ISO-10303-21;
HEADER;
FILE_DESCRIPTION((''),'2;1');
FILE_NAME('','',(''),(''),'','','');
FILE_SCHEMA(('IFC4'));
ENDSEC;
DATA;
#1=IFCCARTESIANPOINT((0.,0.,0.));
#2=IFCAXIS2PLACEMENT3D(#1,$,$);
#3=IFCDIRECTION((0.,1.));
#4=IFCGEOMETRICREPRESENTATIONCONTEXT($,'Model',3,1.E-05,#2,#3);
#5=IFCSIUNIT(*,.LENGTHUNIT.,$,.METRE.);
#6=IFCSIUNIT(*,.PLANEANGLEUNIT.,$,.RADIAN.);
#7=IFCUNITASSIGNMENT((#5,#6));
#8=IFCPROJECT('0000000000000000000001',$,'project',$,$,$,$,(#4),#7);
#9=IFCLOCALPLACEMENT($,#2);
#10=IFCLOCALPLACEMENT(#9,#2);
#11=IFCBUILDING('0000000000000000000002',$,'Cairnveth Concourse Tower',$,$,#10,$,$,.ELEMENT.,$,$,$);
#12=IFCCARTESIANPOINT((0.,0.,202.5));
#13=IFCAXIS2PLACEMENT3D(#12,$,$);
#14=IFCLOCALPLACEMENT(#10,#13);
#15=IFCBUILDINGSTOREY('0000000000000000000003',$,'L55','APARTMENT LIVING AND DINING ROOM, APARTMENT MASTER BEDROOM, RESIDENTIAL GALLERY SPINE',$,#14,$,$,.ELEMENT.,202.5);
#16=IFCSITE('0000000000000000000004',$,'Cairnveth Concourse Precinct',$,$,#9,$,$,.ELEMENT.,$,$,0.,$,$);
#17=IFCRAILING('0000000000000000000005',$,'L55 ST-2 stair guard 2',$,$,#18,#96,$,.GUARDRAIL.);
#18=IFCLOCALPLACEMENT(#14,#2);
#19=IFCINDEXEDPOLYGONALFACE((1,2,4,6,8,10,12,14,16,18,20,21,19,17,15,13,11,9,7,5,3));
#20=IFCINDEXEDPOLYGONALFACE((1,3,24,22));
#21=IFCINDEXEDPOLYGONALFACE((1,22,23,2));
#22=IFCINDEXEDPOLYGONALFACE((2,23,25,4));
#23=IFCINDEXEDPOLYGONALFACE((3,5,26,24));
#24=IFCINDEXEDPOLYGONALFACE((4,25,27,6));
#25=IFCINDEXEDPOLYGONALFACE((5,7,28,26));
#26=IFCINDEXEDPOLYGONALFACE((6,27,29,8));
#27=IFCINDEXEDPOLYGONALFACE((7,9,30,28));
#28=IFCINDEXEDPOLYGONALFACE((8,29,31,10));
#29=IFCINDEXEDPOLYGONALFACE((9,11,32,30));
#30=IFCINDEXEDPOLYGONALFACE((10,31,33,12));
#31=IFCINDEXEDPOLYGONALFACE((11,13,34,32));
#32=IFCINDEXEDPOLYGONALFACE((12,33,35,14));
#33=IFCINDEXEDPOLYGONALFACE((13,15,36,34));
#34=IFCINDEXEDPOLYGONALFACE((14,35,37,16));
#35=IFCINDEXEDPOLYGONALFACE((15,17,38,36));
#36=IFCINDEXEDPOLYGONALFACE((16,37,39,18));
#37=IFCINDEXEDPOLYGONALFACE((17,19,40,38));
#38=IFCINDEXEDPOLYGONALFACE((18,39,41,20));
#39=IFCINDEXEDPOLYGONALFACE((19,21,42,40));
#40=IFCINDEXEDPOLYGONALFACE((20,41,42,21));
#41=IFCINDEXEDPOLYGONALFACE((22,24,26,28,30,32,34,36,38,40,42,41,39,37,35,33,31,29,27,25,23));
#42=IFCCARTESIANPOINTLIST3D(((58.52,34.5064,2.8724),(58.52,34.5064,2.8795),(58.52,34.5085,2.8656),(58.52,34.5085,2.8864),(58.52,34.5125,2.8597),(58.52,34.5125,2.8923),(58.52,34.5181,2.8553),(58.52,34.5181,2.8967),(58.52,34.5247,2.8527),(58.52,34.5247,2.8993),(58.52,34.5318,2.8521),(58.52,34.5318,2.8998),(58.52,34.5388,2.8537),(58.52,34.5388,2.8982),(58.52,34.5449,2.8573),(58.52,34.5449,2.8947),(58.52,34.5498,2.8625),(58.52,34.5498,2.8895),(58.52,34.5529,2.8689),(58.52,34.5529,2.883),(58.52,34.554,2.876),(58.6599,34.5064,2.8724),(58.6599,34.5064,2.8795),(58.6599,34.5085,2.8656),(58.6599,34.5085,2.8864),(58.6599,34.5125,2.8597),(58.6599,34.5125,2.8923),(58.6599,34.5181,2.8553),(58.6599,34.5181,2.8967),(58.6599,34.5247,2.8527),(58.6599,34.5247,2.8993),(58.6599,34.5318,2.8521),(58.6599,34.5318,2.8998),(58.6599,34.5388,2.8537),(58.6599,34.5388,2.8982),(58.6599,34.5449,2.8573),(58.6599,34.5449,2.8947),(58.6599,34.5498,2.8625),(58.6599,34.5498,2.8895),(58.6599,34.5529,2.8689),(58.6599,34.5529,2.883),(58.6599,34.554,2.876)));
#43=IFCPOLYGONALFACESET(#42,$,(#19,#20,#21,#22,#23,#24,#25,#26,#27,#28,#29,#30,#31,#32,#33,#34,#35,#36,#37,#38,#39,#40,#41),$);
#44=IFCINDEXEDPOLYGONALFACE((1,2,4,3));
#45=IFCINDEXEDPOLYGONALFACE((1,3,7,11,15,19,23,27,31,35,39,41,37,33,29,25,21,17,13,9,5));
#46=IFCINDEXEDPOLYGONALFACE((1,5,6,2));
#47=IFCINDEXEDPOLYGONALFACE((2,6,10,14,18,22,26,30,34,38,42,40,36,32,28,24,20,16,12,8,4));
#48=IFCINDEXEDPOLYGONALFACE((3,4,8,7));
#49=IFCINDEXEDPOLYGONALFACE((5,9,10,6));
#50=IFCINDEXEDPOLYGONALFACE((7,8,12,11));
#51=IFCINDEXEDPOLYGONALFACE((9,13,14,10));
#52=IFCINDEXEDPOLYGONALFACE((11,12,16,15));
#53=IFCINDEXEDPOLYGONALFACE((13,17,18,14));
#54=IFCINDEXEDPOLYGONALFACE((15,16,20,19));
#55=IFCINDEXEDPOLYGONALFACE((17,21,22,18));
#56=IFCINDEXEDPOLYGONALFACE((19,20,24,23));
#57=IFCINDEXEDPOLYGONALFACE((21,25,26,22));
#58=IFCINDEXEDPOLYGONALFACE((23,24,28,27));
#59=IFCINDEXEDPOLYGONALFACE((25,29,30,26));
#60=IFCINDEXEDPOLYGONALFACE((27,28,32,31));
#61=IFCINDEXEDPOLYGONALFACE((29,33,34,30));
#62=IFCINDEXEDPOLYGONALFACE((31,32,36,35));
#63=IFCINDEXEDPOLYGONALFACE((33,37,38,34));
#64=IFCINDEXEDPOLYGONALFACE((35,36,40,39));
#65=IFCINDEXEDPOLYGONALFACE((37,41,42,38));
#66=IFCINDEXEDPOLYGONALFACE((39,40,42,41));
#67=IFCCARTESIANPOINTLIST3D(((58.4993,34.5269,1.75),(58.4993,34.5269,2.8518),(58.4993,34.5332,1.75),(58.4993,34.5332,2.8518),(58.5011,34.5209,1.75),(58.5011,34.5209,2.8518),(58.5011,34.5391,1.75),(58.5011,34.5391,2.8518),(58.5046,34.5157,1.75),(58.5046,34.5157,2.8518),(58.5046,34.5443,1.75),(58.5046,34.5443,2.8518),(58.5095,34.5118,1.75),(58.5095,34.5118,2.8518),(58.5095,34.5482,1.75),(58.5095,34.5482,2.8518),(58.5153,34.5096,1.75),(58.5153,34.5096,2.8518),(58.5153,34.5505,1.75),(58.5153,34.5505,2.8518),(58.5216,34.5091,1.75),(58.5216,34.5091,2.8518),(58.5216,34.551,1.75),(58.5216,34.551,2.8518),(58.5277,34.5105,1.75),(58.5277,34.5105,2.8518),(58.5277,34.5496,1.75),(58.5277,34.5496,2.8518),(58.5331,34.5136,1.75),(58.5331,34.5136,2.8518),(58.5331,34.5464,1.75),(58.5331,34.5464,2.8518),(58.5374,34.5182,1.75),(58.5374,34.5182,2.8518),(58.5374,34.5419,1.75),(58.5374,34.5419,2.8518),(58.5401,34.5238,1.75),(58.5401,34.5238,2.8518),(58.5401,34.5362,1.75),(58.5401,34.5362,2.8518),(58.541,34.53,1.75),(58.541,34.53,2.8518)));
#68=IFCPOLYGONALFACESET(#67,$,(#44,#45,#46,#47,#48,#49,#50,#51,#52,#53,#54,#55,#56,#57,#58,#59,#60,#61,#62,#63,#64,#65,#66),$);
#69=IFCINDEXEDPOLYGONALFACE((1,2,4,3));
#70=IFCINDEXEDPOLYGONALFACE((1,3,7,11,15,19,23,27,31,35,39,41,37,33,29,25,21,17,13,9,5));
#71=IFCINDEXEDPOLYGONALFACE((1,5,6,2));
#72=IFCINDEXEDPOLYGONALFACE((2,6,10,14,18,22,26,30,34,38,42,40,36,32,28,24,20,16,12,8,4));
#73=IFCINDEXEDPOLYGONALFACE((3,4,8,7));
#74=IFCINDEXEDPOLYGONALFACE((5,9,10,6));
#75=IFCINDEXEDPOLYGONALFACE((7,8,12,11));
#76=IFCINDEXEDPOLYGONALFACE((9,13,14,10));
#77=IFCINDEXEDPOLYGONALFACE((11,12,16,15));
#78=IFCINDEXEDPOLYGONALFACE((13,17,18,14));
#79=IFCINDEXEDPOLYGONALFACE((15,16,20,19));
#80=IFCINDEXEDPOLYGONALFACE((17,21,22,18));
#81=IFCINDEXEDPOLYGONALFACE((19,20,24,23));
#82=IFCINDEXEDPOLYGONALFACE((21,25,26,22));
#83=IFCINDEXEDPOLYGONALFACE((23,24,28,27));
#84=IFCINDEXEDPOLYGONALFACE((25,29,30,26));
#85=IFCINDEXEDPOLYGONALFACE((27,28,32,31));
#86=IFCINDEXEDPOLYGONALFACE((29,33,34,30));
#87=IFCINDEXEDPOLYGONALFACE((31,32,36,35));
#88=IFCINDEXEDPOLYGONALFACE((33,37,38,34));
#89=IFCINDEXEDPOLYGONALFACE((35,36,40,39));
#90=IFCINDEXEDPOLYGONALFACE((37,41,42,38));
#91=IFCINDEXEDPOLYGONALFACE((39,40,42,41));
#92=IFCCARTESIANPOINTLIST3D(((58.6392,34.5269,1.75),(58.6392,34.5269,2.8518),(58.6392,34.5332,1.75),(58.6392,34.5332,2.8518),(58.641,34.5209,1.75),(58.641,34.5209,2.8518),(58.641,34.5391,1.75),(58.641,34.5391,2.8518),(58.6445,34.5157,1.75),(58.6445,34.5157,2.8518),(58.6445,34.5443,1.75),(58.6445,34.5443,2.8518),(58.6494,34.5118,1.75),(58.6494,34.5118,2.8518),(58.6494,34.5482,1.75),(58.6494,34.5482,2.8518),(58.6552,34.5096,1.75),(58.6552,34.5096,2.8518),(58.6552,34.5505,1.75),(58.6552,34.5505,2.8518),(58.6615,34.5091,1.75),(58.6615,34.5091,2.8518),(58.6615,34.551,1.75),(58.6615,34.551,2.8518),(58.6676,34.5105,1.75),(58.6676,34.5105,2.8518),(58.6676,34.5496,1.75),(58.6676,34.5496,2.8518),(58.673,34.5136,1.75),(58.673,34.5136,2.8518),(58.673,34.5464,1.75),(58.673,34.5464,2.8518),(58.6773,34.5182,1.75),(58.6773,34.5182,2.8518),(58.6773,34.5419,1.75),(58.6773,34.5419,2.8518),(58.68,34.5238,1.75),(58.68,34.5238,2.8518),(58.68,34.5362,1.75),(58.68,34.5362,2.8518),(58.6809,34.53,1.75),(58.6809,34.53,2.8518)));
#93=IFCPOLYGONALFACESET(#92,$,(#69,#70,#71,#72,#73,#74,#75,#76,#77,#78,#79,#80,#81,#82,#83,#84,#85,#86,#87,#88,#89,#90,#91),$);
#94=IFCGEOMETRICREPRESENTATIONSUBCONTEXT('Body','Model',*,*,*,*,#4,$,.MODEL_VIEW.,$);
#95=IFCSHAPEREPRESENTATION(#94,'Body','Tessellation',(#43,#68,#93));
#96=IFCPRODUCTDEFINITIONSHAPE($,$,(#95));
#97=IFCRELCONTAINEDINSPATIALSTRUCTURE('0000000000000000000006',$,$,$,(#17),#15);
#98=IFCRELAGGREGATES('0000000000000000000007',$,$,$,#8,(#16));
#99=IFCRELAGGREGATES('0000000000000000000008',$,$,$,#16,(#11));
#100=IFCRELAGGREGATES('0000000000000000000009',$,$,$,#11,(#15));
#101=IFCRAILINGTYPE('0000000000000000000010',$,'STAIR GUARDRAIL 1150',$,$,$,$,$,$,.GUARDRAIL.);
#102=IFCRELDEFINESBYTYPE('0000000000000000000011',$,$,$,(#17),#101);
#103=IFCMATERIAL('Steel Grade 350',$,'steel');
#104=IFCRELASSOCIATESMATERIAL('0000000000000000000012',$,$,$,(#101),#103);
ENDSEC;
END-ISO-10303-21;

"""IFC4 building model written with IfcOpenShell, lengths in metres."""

from ifc_helpers import new_model, si_unit, direction, frame, origin, origin_2d, place, context, subcontext, project, spatial, circle, extrude, material, type_object, element, save


model = new_model("IFC4")

# Units and contexts
model_context = context("Model", 3, precision=1e-05, world=origin(), true_north=direction((0.0, 1.0)))
body_context = subcontext(model_context, "Body", "Model", "MODEL_VIEW")
ifc_project = project(units=[si_unit("LENGTHUNIT", "METRE"), si_unit("PLANEANGLEUNIT", "RADIAN")], contexts=[model_context])

# Site, building, storey
site_placement = place(None, origin())
site = spatial("IfcSite", under=ifc_project, at=site_placement, Name="Cairnveth Concourse Precinct", CompositionType="ELEMENT", RefElevation=0.0)
building_placement = place(site_placement, origin())
building = spatial("IfcBuilding", under=site, at=building_placement, Name="Cairnveth Concourse Tower", CompositionType="ELEMENT")
storey_placement = place(building_placement, frame((0.0, 0.0, 202.5)))
storey = spatial("IfcBuildingStorey", under=building, at=storey_placement, Name="L55", Description="APARTMENT LIVING AND DINING ROOM, APARTMENT MASTER BEDROOM, RESIDENTIAL GALLERY SPINE", CompositionType="ELEMENT", Elevation=202.5)

# Shared definitions
ifc_material_1 = material(Name="Steel Grade 350", Category="steel")

# Railing
railing_type_1 = type_object("IfcRailingType", Name="STAIR GUARDRAIL 1150", PredefinedType="GUARDRAIL", material=ifc_material_1)
railing_1_placement = place(storey_placement, frame((58.52, 34.53, 1.75)))
element("IfcRailing", 1, at=railing_1_placement, inside=storey, type_object=railing_type_1, Name="L55 ST-2 stair guard 2", PredefinedType="GUARDRAIL", context=body_context, shape_type="SweptSolid", body=[
    extrude(circle(Radius=0.0239, at=origin_2d()), frame((0.0, 0.0, 1.126), z_axis=(1.0, 0.0, 0.0), x_axis=(0.0, 1.0, 0.0)), (0.0, 0.0, 1.0), 0.1399),
    extrude(circle(Radius=0.021, at=origin_2d()), origin(), (0.0, 0.0, 1.0), 1.1018),
    extrude(circle(Radius=0.021, at=origin_2d()), frame((0.1399, 0.0, 0.0)), (0.0, 0.0, 1.0), 1.1018),
])

save(model, "model.ifc")
